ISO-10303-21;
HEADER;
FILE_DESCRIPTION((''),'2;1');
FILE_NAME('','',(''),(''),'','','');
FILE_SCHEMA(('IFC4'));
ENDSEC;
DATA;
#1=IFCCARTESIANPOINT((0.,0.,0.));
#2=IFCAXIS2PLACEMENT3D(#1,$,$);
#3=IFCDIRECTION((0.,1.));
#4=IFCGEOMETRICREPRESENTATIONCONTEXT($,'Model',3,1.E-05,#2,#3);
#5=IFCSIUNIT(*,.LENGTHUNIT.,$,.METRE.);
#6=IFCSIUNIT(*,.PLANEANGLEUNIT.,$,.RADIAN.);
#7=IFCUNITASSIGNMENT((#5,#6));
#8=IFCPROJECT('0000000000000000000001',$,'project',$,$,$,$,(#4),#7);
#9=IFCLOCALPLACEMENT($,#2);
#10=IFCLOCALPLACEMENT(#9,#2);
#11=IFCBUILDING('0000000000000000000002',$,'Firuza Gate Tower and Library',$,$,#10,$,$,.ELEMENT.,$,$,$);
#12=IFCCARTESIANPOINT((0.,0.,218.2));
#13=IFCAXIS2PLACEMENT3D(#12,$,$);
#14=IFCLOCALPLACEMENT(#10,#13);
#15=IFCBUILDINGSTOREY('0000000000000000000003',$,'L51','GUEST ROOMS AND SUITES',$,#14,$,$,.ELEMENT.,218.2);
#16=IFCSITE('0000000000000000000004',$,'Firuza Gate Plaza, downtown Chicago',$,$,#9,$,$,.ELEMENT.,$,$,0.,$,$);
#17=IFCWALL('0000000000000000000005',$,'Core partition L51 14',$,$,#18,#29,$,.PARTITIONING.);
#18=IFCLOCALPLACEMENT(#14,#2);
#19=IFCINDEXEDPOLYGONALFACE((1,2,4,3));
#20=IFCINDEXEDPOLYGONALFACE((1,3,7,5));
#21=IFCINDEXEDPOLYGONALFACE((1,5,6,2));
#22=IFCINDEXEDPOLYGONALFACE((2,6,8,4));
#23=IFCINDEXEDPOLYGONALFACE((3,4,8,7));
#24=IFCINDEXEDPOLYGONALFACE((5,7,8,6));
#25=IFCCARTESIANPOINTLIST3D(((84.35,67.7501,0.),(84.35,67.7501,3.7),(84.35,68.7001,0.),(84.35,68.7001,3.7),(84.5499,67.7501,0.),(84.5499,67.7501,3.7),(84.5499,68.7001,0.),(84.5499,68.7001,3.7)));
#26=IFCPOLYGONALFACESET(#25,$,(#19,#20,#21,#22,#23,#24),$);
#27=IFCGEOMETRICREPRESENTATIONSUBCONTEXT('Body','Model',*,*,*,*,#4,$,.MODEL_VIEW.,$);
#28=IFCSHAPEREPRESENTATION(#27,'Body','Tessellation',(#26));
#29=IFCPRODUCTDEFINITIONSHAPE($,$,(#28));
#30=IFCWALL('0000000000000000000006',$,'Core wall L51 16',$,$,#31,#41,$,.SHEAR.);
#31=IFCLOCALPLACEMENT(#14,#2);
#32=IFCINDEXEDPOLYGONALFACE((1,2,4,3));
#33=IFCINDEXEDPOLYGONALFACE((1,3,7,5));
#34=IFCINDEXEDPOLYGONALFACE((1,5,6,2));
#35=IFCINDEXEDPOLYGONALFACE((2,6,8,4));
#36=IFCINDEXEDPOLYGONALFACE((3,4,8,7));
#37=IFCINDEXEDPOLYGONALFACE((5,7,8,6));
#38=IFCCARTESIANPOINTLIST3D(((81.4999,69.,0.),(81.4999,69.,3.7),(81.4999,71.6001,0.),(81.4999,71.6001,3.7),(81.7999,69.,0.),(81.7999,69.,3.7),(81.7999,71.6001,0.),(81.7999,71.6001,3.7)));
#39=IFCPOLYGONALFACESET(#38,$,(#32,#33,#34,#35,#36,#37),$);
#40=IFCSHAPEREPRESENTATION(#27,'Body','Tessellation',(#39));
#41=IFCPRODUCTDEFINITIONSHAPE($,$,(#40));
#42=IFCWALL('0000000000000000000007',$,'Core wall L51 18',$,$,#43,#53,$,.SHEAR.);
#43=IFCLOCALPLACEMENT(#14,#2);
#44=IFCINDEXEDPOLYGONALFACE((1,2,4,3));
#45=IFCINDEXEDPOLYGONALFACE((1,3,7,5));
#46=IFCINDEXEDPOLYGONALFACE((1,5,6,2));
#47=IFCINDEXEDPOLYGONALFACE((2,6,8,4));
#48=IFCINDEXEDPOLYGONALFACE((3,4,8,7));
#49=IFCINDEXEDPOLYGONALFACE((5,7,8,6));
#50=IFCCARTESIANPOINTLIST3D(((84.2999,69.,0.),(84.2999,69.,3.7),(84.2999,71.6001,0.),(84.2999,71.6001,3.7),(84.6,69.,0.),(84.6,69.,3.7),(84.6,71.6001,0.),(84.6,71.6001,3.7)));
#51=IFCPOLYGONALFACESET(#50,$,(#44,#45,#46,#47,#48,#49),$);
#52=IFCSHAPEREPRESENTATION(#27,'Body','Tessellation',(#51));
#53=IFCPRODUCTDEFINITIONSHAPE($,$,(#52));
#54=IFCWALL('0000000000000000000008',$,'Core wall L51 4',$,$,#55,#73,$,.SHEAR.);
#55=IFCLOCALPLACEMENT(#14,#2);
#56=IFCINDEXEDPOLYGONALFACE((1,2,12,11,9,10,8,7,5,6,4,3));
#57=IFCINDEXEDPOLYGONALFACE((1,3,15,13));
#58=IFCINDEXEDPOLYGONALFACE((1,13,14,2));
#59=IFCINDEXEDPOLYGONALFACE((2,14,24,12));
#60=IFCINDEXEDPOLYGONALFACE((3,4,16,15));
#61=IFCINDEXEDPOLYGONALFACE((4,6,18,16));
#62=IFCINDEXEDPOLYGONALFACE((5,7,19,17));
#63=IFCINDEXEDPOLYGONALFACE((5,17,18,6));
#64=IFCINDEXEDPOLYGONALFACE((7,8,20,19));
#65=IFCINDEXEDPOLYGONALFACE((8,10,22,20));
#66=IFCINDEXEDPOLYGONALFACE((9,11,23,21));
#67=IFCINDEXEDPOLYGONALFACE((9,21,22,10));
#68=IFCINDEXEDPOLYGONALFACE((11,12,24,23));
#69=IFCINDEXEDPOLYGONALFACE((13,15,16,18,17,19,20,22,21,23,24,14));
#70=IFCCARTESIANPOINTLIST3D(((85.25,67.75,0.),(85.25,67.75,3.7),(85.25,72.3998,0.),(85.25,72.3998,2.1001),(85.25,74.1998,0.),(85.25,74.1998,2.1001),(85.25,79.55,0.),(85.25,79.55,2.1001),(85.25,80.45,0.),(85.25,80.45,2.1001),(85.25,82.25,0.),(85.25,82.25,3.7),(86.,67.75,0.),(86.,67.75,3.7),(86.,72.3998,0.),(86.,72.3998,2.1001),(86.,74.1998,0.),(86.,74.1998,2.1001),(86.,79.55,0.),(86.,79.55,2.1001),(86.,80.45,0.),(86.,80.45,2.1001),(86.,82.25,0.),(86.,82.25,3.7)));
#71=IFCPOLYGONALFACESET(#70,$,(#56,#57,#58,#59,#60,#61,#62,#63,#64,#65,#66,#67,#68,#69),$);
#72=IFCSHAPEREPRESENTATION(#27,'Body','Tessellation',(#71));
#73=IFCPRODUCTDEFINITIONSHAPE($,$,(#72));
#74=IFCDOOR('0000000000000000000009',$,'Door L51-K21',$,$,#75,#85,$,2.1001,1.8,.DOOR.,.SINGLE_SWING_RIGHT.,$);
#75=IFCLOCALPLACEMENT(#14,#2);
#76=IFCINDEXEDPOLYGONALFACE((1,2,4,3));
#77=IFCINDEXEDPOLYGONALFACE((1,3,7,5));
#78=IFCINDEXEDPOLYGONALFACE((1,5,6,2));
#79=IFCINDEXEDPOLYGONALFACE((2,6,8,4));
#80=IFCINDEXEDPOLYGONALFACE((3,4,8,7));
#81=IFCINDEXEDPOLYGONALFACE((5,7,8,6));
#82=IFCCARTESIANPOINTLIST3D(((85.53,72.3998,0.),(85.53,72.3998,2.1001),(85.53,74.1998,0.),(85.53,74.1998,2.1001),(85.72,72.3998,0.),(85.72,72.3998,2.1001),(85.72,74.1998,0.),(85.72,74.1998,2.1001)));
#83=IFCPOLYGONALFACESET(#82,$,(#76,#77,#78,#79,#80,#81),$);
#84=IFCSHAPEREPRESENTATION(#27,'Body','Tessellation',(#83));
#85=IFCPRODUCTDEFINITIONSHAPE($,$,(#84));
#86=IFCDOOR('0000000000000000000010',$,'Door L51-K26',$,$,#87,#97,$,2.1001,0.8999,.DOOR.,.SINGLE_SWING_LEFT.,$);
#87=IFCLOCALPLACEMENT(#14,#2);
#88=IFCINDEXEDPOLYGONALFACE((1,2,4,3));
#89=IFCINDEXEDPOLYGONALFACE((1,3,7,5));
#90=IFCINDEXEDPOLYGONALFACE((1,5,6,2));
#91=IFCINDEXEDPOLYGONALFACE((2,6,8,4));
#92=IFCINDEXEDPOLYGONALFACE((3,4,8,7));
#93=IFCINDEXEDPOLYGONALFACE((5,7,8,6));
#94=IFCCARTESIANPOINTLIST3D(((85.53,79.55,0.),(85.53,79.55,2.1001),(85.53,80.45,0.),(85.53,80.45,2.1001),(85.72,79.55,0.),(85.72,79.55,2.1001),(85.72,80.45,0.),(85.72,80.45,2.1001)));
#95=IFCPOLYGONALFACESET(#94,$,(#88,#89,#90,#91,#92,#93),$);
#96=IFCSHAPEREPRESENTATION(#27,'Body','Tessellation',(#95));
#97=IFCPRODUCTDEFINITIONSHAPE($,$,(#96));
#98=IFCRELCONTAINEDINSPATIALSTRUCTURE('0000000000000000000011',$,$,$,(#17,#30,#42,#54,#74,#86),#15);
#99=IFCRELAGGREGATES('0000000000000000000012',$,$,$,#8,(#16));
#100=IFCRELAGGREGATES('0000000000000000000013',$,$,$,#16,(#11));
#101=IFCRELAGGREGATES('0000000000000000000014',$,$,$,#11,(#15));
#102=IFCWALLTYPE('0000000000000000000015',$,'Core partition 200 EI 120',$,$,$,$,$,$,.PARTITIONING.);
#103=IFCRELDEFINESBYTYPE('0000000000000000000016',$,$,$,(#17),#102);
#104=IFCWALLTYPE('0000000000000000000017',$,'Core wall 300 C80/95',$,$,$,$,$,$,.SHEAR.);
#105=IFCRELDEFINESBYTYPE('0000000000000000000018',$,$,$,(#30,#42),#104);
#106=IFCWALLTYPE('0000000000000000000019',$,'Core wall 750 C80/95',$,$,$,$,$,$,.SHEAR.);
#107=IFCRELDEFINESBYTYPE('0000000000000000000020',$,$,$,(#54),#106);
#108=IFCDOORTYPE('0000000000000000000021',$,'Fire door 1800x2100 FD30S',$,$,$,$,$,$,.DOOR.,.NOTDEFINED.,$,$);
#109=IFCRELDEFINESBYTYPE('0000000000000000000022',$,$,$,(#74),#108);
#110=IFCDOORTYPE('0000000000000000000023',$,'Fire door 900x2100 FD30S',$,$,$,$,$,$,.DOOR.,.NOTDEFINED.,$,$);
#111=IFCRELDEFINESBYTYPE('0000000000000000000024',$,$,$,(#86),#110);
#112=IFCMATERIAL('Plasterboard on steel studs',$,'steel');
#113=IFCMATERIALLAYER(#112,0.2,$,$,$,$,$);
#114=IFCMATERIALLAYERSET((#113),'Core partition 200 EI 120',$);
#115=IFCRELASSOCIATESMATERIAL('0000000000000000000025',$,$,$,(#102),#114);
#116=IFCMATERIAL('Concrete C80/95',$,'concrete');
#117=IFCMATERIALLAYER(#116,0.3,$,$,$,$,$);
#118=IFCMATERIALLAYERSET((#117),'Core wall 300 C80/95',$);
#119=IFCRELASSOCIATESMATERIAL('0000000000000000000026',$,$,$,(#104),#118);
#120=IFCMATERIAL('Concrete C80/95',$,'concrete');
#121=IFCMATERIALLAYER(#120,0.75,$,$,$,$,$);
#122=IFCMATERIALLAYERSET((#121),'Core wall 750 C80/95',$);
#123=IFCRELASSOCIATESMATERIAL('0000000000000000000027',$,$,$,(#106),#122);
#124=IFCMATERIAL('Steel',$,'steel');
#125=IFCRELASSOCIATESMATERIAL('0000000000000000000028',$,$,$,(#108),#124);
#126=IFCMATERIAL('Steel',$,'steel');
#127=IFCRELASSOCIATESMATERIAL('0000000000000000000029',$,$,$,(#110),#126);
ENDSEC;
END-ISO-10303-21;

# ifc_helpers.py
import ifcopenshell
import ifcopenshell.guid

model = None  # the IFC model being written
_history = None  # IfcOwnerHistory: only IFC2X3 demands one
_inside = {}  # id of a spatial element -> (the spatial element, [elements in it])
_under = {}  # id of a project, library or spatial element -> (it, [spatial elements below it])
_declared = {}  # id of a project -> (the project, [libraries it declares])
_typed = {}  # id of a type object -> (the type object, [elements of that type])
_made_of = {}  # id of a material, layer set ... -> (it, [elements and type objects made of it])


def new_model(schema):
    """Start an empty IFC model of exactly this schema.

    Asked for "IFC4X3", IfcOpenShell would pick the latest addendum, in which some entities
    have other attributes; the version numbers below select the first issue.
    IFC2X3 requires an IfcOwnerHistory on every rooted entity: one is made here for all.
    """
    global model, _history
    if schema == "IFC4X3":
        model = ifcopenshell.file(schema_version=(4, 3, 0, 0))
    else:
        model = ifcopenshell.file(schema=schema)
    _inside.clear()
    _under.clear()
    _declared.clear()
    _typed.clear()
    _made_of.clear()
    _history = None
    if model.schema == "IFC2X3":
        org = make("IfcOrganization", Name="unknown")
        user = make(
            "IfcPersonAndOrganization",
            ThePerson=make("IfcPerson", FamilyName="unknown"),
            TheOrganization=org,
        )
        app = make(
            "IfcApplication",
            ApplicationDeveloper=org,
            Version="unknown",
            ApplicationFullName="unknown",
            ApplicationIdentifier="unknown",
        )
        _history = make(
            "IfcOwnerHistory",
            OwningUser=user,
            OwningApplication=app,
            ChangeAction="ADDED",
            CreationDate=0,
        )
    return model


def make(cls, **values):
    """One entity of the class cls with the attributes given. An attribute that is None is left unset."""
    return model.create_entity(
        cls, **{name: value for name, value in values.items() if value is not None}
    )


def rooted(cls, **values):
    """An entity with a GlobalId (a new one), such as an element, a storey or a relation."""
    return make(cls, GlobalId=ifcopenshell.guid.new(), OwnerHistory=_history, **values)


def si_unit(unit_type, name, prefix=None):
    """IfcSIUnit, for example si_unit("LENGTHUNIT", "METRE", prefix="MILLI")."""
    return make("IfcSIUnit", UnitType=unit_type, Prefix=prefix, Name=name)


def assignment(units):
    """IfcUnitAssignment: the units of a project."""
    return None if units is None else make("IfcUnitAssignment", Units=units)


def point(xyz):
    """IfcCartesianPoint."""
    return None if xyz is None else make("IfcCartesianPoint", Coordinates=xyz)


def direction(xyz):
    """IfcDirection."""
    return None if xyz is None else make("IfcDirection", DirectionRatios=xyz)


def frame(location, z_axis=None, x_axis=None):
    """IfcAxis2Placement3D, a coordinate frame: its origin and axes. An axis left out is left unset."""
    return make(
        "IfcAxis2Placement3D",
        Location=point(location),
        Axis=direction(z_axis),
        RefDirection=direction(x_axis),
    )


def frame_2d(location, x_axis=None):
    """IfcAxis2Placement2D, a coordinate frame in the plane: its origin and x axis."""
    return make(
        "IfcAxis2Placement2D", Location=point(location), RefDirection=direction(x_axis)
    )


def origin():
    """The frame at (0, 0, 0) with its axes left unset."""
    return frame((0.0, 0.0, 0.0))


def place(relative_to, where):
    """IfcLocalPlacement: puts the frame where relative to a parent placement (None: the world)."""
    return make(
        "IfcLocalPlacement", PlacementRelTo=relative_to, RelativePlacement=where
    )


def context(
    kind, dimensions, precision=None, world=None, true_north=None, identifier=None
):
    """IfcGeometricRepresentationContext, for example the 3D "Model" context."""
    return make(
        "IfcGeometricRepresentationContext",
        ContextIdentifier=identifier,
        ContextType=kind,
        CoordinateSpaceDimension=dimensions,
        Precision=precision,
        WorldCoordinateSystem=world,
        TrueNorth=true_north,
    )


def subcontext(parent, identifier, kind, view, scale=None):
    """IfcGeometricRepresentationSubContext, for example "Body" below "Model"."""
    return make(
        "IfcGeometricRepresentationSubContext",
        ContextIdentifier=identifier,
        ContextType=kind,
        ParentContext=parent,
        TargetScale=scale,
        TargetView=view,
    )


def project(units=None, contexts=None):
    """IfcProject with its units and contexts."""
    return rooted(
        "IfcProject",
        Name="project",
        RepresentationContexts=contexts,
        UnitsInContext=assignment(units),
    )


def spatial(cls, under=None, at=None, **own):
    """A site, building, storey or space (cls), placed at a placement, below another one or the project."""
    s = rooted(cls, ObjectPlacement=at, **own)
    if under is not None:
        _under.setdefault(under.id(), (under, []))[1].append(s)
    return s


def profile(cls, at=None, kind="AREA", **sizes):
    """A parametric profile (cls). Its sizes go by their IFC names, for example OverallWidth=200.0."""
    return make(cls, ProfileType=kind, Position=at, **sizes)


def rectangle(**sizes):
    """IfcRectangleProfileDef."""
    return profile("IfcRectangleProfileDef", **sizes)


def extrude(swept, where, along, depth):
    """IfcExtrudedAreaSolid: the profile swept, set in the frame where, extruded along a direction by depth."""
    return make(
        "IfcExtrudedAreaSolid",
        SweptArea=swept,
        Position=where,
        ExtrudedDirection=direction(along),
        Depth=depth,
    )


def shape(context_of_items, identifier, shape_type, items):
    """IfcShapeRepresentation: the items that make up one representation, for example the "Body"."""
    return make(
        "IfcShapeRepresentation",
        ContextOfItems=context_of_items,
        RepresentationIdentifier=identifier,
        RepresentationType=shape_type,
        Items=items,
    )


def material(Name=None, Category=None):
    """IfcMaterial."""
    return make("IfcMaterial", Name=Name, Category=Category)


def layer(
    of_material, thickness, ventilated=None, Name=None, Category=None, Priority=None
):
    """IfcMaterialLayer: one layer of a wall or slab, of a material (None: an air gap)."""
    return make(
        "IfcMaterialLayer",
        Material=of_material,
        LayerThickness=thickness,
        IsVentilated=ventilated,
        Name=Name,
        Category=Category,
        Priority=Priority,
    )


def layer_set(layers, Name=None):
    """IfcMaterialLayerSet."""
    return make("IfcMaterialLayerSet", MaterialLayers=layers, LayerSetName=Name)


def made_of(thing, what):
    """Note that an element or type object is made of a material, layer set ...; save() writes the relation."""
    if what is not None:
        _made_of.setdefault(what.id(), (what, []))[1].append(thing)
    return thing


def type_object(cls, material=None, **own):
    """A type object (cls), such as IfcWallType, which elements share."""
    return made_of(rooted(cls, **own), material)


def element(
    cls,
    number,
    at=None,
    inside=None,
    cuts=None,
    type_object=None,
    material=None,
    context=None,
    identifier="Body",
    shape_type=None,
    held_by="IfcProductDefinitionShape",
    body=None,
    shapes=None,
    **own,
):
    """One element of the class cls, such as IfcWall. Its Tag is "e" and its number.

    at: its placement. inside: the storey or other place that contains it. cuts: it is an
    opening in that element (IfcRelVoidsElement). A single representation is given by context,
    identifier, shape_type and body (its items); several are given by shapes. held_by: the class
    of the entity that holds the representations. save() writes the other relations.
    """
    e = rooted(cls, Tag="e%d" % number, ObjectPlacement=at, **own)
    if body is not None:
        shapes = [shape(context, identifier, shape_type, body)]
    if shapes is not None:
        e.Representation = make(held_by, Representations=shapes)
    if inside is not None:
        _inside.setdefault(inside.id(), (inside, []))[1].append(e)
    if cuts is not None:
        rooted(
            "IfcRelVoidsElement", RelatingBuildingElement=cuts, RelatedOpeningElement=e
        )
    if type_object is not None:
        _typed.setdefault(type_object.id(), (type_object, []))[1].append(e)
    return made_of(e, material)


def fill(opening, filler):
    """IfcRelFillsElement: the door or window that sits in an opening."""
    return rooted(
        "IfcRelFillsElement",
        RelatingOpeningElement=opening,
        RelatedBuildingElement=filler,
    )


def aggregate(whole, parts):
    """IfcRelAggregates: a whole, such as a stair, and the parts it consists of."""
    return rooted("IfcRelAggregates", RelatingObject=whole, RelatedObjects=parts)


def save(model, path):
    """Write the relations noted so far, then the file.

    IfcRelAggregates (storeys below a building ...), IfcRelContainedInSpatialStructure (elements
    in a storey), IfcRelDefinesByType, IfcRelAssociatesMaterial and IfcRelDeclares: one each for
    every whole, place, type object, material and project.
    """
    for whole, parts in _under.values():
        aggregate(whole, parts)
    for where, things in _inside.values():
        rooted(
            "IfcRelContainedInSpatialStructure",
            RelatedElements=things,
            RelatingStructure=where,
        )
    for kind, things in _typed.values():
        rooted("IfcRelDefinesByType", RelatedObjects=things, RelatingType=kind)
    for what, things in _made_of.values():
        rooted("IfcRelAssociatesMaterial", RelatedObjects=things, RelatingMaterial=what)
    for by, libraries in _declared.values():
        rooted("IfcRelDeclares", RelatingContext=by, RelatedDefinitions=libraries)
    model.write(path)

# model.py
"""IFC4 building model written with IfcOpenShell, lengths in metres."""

from ifc_helpers import new_model, si_unit, direction, frame, frame_2d, origin, place, context, subcontext, project, spatial, rectangle, extrude, material, layer, layer_set, type_object, element, fill, save


model = new_model("IFC4")

# Units and contexts
model_context = context("Model", 3, precision=1e-05, world=origin(), true_north=direction((0.0, 1.0)))
body_context = subcontext(model_context, "Body", "Model", "MODEL_VIEW")
ifc_project = project(units=[si_unit("LENGTHUNIT", "METRE"), si_unit("PLANEANGLEUNIT", "RADIAN")], contexts=[model_context])

# Site, building, storey
site_placement = place(None, origin())
site = spatial("IfcSite", under=ifc_project, at=site_placement, Name="Firuza Gate Plaza, downtown Chicago", CompositionType="ELEMENT", RefElevation=0.0)
building_placement = place(site_placement, origin())
building = spatial("IfcBuilding", under=site, at=building_placement, Name="Firuza Gate Tower and Library", CompositionType="ELEMENT")
storey_placement = place(building_placement, frame((0.0, 0.0, 218.2)))
storey = spatial("IfcBuildingStorey", under=building, at=storey_placement, Name="L51", Description="GUEST ROOMS AND SUITES", CompositionType="ELEMENT", Elevation=218.2)

# Walls
ifc_material_1 = material(Name="Plasterboard on steel studs", Category="steel")
ifc_layer_1 = layer(ifc_material_1, 0.2)
ifc_layer_set_1 = layer_set([ifc_layer_1], Name="Core partition 200 EI 120")
wall_type_1 = type_object("IfcWallType", Name="Core partition 200 EI 120", PredefinedType="PARTITIONING", material=ifc_layer_set_1)
wall_1_placement = place(storey_placement, frame((84.45, 67.75, 0.0), z_axis=(0.0, 0.0, 1.0), x_axis=(0.0, 1.0, 0.0)))
element("IfcWall", 1, at=wall_1_placement, inside=storey, type_object=wall_type_1, Name="Core partition L51 14", PredefinedType="PARTITIONING", context=body_context, shape_type="SweptSolid", body=[
    extrude(rectangle(XDim=0.95, YDim=0.2, at=frame_2d((0.4751, 0.0))), origin(), (0.0, 0.0, 1.0), 3.7),
])
ifc_material_2 = material(Name="Concrete C80/95", Category="concrete")
ifc_layer_2 = layer(ifc_material_2, 0.3)
ifc_layer_set_2 = layer_set([ifc_layer_2], Name="Core wall 300 C80/95")
wall_type_2 = type_object("IfcWallType", Name="Core wall 300 C80/95", PredefinedType="SHEAR", material=ifc_layer_set_2)
for number, where, z_axis, x_axis, name in (
    (2, (81.6499, 69.0, 0.0), (0.0, 0.0, 1.0), (0.0, 1.0, 0.0), "Core wall L51 16"),
    (3, (84.45, 69.0, 0.0), (0.0, 0.0, 1.0), (0.0, 1.0, 0.0), "Core wall L51 18"),
):
    element("IfcWall", number, at=place(storey_placement, frame(where, z_axis=z_axis, x_axis=x_axis)), inside=storey, type_object=wall_type_2, Name=name, PredefinedType="SHEAR", context=body_context, shape_type="SweptSolid", body=[
        extrude(rectangle(XDim=2.6001, YDim=0.3, at=frame_2d((1.3, 0.0))), origin(), (0.0, 0.0, 1.0), 3.7),
    ])

# Wall, openings, doors
ifc_material_3 = material(Name="Concrete C80/95", Category="concrete")
ifc_layer_3 = layer(ifc_material_3, 0.75)
ifc_layer_set_3 = layer_set([ifc_layer_3], Name="Core wall 750 C80/95")
wall_type_3 = type_object("IfcWallType", Name="Core wall 750 C80/95", PredefinedType="SHEAR", material=ifc_layer_set_3)
wall_2_placement = place(storey_placement, frame((85.625, 67.75, 0.0), z_axis=(0.0, 0.0, 1.0), x_axis=(0.0, 1.0, 0.0)))
wall_2 = element("IfcWall", 4, at=wall_2_placement, inside=storey, type_object=wall_type_3, Name="Core wall L51 4", PredefinedType="SHEAR", context=body_context, shape_type="SweptSolid", body=[
    extrude(rectangle(XDim=14.5, YDim=0.75, at=frame_2d((7.25, 0.0))), origin(), (0.0, 0.0, 1.0), 3.7),
])
opening_1_placement = place(wall_2_placement, frame((4.6499, 0.0, 0.0)))
opening_1 = element("IfcOpeningElement", 5, at=opening_1_placement, cuts=wall_2, PredefinedType="OPENING", context=body_context, shape_type="SweptSolid", body=[
    extrude(rectangle(XDim=1.8, YDim=2.1001, at=frame_2d((0.8999, 1.05))), frame((0.0, 0.385, 0.0), z_axis=(0.0, -1.0, 0.0), x_axis=(1.0, 0.0, 0.0)), (0.0, 0.0, 1.0), 0.77),
])
opening_2_placement = place(wall_2_placement, frame((11.8, 0.0, 0.0)))
opening_2 = element("IfcOpeningElement", 6, at=opening_2_placement, cuts=wall_2, PredefinedType="OPENING", context=body_context, shape_type="SweptSolid", body=[
    extrude(rectangle(XDim=0.8999, YDim=2.1001, at=frame_2d((0.45, 1.05))), frame((0.0, 0.385, 0.0), z_axis=(0.0, -1.0, 0.0), x_axis=(1.0, 0.0, 0.0)), (0.0, 0.0, 1.0), 0.77),
])
ifc_material_4 = material(Name="Steel", Category="steel")
door_type_1 = type_object("IfcDoorType", Name="Fire door 1800x2100 FD30S", OperationType="NOTDEFINED", PredefinedType="DOOR", material=ifc_material_4)
door_1_placement = place(opening_1_placement, origin())
door_1 = element("IfcDoor", 7, at=door_1_placement, inside=storey, type_object=door_type_1, Name="Door L51-K21", OperationType="SINGLE_SWING_RIGHT", OverallHeight=2.1001, OverallWidth=1.8, PredefinedType="DOOR", context=body_context, shape_type="SweptSolid", body=[
    extrude(rectangle(XDim=1.8, YDim=2.1001, at=frame_2d((0.8999, 1.05))), frame((0.0, 0.095, 0.0), z_axis=(0.0, -1.0, 0.0), x_axis=(1.0, 0.0, 0.0)), (0.0, 0.0, 1.0), 0.1899),
])
fill(opening_1, door_1)
ifc_material_5 = material(Name="Steel", Category="steel")
door_type_2 = type_object("IfcDoorType", Name="Fire door 900x2100 FD30S", OperationType="NOTDEFINED", PredefinedType="DOOR", material=ifc_material_5)
door_2_placement = place(opening_2_placement, origin())
door_2 = element("IfcDoor", 8, at=door_2_placement, inside=storey, type_object=door_type_2, Name="Door L51-K26", OperationType="SINGLE_SWING_LEFT", OverallHeight=2.1001, OverallWidth=0.8999, PredefinedType="DOOR", context=body_context, shape_type="SweptSolid", body=[
    extrude(rectangle(XDim=0.8999, YDim=2.1001, at=frame_2d((0.45, 1.05))), frame((0.0, 0.095, 0.0), z_axis=(0.0, -1.0, 0.0), x_axis=(1.0, 0.0, 0.0)), (0.0, 0.0, 1.0), 0.1899),
])
fill(opening_2, door_2)

save(model, "model.ifc")
